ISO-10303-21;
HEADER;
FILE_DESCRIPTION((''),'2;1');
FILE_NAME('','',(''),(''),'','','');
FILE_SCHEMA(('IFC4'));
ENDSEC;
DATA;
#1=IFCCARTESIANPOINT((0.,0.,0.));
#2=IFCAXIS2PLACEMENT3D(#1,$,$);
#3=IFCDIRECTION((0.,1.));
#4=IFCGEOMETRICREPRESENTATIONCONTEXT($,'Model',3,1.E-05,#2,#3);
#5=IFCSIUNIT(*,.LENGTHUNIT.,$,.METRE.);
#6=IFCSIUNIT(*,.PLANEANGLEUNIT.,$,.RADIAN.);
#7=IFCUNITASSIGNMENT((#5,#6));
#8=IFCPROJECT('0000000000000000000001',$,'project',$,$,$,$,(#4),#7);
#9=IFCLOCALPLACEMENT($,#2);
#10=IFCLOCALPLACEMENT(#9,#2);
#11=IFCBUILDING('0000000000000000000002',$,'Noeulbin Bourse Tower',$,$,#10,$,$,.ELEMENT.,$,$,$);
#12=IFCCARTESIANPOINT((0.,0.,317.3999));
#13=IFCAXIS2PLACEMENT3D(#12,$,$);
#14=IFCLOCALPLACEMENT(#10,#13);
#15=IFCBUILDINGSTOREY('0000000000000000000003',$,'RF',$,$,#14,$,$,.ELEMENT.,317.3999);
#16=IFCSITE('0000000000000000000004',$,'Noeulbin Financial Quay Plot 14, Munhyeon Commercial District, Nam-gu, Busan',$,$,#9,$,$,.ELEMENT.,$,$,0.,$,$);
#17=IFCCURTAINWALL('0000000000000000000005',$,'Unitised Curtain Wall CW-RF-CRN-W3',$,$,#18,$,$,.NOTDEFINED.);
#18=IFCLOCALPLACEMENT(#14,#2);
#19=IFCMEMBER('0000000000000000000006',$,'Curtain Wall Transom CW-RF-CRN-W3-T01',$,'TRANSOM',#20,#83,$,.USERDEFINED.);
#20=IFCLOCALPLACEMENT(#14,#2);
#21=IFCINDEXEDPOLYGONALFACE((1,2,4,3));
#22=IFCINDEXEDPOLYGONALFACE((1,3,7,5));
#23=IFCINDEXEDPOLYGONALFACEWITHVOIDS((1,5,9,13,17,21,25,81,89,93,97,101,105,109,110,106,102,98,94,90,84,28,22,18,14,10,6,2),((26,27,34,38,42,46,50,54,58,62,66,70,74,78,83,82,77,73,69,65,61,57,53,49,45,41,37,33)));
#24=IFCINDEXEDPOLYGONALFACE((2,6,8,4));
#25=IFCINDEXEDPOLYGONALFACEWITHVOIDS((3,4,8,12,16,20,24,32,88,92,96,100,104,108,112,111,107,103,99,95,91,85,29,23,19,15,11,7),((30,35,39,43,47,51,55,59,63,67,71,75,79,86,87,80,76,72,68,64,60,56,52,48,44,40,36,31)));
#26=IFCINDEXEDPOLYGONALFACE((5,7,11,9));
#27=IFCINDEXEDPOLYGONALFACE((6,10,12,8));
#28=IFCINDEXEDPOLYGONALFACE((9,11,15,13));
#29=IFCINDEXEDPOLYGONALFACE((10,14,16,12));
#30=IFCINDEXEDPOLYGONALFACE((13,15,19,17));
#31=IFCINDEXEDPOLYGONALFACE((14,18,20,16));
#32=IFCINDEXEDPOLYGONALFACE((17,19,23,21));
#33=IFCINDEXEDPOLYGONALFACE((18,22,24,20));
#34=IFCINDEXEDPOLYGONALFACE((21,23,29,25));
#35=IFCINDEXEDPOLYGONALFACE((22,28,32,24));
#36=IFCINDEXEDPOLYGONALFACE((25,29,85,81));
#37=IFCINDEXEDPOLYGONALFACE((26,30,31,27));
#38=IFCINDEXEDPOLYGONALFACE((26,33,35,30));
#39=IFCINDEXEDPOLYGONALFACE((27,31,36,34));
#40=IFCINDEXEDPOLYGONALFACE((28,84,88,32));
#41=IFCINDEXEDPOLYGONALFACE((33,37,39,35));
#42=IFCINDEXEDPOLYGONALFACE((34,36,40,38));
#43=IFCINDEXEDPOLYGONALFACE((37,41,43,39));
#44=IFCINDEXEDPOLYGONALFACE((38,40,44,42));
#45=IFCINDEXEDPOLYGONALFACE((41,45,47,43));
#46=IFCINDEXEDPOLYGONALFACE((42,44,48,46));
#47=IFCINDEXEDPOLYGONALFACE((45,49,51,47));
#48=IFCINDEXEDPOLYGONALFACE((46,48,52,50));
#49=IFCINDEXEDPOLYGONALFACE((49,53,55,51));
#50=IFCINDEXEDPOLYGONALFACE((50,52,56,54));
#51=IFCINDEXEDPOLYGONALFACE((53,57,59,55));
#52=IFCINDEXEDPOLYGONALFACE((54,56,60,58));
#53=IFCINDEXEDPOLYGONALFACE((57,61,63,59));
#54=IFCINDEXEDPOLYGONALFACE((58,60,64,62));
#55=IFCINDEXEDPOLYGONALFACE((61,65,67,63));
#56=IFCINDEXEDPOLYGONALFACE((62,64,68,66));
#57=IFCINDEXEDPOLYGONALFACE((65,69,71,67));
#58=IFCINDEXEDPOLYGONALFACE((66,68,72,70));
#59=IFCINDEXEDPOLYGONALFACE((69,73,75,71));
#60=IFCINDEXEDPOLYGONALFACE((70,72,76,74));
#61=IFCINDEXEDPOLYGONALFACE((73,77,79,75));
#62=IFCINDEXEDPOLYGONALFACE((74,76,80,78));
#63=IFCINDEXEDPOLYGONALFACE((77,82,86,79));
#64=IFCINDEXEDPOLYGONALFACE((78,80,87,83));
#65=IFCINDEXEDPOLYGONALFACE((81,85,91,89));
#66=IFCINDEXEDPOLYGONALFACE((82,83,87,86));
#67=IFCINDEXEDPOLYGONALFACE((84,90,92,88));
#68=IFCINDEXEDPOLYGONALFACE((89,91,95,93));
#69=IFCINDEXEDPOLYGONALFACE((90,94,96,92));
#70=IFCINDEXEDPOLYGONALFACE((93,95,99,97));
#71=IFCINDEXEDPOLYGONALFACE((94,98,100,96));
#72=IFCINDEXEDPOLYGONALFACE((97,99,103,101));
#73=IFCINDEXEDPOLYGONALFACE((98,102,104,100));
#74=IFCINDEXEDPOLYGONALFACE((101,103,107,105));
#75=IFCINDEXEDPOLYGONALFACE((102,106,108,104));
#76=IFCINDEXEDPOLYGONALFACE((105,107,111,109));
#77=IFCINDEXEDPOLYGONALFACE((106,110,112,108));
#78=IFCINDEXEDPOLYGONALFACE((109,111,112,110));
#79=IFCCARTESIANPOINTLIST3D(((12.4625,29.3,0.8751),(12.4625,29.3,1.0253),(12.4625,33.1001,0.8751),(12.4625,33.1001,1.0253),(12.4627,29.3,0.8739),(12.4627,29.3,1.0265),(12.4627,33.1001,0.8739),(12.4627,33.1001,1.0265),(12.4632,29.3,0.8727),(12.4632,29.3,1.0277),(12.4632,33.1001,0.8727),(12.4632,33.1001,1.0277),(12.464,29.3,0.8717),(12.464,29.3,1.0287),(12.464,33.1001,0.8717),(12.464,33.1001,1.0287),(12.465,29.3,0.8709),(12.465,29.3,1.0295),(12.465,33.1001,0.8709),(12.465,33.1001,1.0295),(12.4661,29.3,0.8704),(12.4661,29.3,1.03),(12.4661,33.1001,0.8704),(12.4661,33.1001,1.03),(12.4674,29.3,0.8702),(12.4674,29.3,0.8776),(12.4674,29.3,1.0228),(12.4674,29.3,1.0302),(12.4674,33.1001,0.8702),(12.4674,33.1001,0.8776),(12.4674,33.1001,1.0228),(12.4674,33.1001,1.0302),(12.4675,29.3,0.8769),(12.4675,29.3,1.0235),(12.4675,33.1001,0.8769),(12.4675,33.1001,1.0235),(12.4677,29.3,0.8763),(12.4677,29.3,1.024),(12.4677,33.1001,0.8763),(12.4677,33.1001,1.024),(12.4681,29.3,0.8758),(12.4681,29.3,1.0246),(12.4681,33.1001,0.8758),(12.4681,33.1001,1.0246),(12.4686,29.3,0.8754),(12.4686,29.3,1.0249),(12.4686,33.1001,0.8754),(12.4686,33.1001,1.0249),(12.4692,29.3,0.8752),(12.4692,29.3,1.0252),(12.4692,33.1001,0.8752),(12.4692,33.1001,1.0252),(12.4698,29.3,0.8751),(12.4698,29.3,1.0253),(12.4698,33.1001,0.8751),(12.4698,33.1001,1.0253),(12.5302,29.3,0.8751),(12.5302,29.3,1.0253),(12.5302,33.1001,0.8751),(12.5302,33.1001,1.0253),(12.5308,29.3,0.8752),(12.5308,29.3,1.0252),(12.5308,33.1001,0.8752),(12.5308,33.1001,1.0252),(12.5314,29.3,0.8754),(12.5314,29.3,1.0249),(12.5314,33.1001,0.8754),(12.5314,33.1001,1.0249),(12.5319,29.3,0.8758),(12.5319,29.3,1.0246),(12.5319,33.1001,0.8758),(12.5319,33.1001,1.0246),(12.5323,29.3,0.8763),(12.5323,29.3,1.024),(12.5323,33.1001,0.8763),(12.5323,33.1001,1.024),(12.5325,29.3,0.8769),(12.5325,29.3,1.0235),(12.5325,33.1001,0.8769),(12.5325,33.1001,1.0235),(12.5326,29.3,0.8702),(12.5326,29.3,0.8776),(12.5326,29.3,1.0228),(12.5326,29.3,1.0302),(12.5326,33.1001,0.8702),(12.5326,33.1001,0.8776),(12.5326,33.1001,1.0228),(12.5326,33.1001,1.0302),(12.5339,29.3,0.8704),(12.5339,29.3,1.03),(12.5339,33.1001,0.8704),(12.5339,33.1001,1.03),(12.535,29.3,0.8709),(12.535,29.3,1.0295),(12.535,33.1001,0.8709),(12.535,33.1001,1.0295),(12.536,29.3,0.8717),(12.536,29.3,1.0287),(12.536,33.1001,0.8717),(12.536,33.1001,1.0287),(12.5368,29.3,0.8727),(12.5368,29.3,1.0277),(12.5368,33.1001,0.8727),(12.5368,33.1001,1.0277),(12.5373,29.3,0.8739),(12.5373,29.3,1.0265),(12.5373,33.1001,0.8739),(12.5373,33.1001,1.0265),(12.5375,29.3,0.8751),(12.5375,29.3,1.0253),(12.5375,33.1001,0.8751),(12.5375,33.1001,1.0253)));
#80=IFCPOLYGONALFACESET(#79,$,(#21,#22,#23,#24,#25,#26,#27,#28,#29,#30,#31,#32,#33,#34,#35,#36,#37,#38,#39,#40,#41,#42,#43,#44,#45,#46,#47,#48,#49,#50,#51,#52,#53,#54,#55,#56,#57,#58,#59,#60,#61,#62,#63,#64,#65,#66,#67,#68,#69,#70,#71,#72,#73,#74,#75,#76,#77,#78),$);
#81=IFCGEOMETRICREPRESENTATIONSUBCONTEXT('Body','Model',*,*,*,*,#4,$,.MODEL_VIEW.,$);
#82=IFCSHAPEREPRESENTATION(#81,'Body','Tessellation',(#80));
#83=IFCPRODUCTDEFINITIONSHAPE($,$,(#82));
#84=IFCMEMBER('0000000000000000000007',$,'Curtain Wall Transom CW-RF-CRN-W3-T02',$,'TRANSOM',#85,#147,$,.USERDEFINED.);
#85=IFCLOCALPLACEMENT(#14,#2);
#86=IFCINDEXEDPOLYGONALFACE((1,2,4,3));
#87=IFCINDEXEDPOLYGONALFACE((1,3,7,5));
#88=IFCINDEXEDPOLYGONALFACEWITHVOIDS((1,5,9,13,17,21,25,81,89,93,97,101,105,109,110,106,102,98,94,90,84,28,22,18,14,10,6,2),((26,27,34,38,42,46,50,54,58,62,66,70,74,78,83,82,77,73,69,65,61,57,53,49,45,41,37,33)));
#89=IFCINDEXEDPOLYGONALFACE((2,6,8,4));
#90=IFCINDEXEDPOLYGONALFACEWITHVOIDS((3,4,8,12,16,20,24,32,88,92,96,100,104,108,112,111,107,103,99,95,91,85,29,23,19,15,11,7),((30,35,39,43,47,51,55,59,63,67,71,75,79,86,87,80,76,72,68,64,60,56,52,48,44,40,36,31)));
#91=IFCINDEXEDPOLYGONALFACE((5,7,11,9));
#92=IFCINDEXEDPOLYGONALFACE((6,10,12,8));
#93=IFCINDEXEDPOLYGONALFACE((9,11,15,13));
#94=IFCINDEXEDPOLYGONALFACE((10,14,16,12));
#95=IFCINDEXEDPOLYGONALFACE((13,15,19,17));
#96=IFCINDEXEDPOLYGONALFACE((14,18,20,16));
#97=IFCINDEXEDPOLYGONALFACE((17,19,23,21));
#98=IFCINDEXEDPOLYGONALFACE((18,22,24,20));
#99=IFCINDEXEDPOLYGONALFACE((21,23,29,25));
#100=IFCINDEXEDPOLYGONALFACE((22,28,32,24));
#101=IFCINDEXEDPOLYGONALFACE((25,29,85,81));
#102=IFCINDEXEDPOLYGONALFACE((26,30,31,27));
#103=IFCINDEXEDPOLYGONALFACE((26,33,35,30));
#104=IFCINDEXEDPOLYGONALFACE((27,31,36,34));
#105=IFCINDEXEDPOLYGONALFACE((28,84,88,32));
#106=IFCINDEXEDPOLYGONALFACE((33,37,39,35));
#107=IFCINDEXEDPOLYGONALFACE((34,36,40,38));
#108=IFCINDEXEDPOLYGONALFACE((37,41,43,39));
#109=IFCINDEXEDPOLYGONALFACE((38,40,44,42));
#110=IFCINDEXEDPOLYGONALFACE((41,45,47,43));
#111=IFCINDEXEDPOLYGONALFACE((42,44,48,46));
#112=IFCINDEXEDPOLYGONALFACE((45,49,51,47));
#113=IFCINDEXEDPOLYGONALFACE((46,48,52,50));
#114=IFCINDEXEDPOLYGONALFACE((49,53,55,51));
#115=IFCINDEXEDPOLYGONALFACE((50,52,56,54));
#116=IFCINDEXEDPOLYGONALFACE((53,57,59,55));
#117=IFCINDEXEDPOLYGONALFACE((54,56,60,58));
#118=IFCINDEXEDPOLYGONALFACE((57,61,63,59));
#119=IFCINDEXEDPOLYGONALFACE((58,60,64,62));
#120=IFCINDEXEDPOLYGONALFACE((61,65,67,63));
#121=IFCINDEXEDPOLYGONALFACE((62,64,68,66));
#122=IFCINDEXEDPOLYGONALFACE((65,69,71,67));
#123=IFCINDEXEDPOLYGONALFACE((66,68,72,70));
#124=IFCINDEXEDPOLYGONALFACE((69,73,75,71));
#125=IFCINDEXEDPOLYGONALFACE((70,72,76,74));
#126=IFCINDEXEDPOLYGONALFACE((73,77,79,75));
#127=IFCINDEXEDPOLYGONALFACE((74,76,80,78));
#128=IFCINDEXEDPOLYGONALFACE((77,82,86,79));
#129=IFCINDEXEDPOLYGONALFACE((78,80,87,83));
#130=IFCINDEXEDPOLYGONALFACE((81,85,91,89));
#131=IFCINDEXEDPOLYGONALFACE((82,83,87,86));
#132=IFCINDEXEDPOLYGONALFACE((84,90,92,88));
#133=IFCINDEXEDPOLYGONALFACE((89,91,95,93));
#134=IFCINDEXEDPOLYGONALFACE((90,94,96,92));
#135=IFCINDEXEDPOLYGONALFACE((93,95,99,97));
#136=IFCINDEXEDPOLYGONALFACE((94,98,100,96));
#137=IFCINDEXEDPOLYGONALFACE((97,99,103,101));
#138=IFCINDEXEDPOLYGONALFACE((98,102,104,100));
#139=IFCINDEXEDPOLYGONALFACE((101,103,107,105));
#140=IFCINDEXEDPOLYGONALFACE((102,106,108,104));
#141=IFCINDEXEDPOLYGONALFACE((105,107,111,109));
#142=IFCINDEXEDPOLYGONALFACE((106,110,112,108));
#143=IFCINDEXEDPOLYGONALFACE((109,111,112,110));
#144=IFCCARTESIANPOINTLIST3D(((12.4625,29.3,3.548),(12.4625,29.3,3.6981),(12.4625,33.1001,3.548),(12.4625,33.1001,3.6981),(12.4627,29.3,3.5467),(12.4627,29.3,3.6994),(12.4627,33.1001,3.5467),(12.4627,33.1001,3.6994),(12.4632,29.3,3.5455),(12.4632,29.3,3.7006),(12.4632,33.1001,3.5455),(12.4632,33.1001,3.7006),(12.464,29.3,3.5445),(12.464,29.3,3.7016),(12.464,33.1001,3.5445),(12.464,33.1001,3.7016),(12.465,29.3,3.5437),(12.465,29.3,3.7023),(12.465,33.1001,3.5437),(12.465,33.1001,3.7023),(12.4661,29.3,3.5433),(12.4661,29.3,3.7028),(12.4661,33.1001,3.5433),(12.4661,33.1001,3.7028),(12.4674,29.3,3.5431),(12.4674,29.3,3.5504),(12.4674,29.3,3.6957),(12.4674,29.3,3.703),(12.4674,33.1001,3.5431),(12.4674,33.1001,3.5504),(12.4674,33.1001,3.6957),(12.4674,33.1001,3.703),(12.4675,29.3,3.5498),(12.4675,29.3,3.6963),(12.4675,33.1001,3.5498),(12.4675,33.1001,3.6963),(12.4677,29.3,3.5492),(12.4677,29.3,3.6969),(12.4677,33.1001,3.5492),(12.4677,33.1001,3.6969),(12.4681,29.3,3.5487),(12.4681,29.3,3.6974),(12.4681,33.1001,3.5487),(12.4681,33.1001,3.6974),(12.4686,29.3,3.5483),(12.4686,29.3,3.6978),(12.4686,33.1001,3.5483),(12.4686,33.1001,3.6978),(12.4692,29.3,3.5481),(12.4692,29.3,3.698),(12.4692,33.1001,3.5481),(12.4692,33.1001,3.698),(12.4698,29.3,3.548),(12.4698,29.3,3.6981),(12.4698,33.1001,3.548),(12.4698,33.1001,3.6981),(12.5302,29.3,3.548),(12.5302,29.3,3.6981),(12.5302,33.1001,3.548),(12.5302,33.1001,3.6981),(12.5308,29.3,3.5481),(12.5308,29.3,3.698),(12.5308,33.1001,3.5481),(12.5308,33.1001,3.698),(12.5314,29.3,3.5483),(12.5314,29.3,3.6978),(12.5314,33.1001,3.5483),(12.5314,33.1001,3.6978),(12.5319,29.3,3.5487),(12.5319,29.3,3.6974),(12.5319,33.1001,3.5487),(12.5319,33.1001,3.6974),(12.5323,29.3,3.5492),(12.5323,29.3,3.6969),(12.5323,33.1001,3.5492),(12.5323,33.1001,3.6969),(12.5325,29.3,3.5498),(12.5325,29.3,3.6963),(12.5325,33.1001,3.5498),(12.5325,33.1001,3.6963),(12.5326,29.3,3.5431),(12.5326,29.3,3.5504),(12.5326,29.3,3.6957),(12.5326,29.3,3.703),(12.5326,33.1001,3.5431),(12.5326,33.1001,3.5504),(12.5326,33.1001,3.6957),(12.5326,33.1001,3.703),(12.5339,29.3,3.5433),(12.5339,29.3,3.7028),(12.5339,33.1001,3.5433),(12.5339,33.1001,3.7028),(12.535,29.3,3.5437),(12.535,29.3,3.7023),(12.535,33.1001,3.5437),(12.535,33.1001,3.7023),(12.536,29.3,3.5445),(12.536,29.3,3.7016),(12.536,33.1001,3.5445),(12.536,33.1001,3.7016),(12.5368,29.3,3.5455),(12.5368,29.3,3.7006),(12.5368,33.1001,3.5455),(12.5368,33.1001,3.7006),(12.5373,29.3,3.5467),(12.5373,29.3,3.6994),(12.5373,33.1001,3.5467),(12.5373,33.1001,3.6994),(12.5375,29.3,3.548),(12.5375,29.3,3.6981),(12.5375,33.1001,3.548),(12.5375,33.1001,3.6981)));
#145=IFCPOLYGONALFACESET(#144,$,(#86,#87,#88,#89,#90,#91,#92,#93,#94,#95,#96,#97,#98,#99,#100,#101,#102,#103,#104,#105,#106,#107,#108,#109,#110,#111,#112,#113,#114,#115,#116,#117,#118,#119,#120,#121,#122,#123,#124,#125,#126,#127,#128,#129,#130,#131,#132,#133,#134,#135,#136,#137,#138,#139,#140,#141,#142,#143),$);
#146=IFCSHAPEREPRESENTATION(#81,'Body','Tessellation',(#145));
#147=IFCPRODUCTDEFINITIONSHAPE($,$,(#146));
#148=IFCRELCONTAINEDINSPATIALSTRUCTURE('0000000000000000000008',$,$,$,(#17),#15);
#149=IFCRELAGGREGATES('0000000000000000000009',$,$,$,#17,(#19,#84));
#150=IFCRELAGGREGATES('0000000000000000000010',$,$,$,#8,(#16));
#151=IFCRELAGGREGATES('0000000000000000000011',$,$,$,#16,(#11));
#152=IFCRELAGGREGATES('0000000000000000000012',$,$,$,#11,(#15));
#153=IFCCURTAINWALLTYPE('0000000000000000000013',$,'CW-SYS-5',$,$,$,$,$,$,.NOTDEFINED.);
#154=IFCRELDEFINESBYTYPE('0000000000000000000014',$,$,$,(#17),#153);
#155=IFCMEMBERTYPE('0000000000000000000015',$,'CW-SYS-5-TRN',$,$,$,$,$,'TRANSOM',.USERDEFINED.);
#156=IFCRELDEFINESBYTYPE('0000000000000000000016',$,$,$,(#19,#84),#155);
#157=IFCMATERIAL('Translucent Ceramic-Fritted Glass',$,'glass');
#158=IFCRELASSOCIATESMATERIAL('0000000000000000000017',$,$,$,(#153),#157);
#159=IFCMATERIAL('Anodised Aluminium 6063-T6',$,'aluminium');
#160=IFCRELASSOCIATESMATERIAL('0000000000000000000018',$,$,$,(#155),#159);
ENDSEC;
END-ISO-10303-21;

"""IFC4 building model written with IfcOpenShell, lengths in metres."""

from ifc_helpers import new_model, si_unit, direction, frame, origin, origin_2d, place, context, subcontext, project, spatial, hollow_rectangle, extrude, material, material_profile, profile_set, type_object, element, aggregate, save


model = new_model("IFC4")

# Units and contexts
model_context = context("Model", 3, precision=1e-05, world=origin(), true_north=direction((0.0, 1.0)))
body_context = subcontext(model_context, "Body", "Model", "MODEL_VIEW")
ifc_project = project(units=[si_unit("LENGTHUNIT", "METRE"), si_unit("PLANEANGLEUNIT", "RADIAN")], contexts=[model_context])

# Site, building, storey
site_placement = place(None, origin())
site = spatial("IfcSite", under=ifc_project, at=site_placement, Name="Noeulbin Financial Quay Plot 14, Munhyeon Commercial District, Nam-gu, Busan", CompositionType="ELEMENT", RefElevation=0.0)
building_placement = place(site_placement, origin())
building = spatial("IfcBuilding", under=site, at=building_placement, Name="Noeulbin Bourse Tower", CompositionType="ELEMENT")
storey_placement = place(building_placement, frame((0.0, 0.0, 317.3999)))
storey = spatial("IfcBuildingStorey", under=building, at=storey_placement, Name="RF", CompositionType="ELEMENT", Elevation=317.3999)

# Curtain wall
ifc_material_1 = material(Name="Translucent Ceramic-Fritted Glass", Category="glass")
curtain_wall_type = type_object("IfcCurtainWallType", Name="CW-SYS-5", PredefinedType="NOTDEFINED", material=ifc_material_1)
ifc_material_2 = material(Name="Anodised Aluminium 6063-T6", Category="aluminium")
curtain_wall_1_placement = place(storey_placement, origin())
curtain_wall_1 = element("IfcCurtainWall", 1, at=curtain_wall_1_placement, inside=storey, type_object=curtain_wall_type, Name="Unitised Curtain Wall CW-RF-CRN-W3", PredefinedType="NOTDEFINED")

# Members
ifc_material_profile_1 = material_profile(ifc_material_2, hollow_rectangle(XDim=0.075, YDim=0.1599, WallThickness=0.0049, InnerFilletRadius=0.0024, OuterFilletRadius=0.0049, at=origin_2d()), Name="ALU-TRAN-75x160x5", Category="LoadBearing")
ifc_profile_set_1 = profile_set([ifc_material_profile_1], Name="Anodised Aluminium 6063-T6")
member_type_1 = type_object("IfcMemberType", Name="CW-SYS-5-TRN", ElementType="TRANSOM", PredefinedType="USERDEFINED", material=ifc_profile_set_1)
member_1_placement = place(storey_placement, frame((12.5, 29.3, 0.9502), z_axis=(0.0, 1.0, 0.0), x_axis=(-1.0, 0.0, 0.0)))
member_1 = element("IfcMember", 2, at=member_1_placement, type_object=member_type_1, Name="Curtain Wall Transom CW-RF-CRN-W3-T01", ObjectType="TRANSOM", PredefinedType="USERDEFINED", context=body_context, shape_type="SweptSolid", body=[
    extrude(hollow_rectangle(XDim=0.075, YDim=0.1599, WallThickness=0.0049, InnerFilletRadius=0.0024, OuterFilletRadius=0.0049, at=origin_2d()), origin(), (0.0, 0.0, 1.0), 3.8),
])
member_2_placement = place(storey_placement, frame((12.5, 29.3, 3.623), z_axis=(0.0, 1.0, 0.0), x_axis=(-1.0, 0.0, 0.0)))
member_2 = element("IfcMember", 3, at=member_2_placement, type_object=member_type_1, Name="Curtain Wall Transom CW-RF-CRN-W3-T02", ObjectType="TRANSOM", PredefinedType="USERDEFINED", context=body_context, shape_type="SweptSolid", body=[
    extrude(hollow_rectangle(XDim=0.075, YDim=0.1599, WallThickness=0.0049, InnerFilletRadius=0.0024, OuterFilletRadius=0.0049, at=origin_2d()), origin(), (0.0, 0.0, 1.0), 3.8),
])

aggregate(curtain_wall_1, [member_1, member_2])

save(model, "model.ifc")
